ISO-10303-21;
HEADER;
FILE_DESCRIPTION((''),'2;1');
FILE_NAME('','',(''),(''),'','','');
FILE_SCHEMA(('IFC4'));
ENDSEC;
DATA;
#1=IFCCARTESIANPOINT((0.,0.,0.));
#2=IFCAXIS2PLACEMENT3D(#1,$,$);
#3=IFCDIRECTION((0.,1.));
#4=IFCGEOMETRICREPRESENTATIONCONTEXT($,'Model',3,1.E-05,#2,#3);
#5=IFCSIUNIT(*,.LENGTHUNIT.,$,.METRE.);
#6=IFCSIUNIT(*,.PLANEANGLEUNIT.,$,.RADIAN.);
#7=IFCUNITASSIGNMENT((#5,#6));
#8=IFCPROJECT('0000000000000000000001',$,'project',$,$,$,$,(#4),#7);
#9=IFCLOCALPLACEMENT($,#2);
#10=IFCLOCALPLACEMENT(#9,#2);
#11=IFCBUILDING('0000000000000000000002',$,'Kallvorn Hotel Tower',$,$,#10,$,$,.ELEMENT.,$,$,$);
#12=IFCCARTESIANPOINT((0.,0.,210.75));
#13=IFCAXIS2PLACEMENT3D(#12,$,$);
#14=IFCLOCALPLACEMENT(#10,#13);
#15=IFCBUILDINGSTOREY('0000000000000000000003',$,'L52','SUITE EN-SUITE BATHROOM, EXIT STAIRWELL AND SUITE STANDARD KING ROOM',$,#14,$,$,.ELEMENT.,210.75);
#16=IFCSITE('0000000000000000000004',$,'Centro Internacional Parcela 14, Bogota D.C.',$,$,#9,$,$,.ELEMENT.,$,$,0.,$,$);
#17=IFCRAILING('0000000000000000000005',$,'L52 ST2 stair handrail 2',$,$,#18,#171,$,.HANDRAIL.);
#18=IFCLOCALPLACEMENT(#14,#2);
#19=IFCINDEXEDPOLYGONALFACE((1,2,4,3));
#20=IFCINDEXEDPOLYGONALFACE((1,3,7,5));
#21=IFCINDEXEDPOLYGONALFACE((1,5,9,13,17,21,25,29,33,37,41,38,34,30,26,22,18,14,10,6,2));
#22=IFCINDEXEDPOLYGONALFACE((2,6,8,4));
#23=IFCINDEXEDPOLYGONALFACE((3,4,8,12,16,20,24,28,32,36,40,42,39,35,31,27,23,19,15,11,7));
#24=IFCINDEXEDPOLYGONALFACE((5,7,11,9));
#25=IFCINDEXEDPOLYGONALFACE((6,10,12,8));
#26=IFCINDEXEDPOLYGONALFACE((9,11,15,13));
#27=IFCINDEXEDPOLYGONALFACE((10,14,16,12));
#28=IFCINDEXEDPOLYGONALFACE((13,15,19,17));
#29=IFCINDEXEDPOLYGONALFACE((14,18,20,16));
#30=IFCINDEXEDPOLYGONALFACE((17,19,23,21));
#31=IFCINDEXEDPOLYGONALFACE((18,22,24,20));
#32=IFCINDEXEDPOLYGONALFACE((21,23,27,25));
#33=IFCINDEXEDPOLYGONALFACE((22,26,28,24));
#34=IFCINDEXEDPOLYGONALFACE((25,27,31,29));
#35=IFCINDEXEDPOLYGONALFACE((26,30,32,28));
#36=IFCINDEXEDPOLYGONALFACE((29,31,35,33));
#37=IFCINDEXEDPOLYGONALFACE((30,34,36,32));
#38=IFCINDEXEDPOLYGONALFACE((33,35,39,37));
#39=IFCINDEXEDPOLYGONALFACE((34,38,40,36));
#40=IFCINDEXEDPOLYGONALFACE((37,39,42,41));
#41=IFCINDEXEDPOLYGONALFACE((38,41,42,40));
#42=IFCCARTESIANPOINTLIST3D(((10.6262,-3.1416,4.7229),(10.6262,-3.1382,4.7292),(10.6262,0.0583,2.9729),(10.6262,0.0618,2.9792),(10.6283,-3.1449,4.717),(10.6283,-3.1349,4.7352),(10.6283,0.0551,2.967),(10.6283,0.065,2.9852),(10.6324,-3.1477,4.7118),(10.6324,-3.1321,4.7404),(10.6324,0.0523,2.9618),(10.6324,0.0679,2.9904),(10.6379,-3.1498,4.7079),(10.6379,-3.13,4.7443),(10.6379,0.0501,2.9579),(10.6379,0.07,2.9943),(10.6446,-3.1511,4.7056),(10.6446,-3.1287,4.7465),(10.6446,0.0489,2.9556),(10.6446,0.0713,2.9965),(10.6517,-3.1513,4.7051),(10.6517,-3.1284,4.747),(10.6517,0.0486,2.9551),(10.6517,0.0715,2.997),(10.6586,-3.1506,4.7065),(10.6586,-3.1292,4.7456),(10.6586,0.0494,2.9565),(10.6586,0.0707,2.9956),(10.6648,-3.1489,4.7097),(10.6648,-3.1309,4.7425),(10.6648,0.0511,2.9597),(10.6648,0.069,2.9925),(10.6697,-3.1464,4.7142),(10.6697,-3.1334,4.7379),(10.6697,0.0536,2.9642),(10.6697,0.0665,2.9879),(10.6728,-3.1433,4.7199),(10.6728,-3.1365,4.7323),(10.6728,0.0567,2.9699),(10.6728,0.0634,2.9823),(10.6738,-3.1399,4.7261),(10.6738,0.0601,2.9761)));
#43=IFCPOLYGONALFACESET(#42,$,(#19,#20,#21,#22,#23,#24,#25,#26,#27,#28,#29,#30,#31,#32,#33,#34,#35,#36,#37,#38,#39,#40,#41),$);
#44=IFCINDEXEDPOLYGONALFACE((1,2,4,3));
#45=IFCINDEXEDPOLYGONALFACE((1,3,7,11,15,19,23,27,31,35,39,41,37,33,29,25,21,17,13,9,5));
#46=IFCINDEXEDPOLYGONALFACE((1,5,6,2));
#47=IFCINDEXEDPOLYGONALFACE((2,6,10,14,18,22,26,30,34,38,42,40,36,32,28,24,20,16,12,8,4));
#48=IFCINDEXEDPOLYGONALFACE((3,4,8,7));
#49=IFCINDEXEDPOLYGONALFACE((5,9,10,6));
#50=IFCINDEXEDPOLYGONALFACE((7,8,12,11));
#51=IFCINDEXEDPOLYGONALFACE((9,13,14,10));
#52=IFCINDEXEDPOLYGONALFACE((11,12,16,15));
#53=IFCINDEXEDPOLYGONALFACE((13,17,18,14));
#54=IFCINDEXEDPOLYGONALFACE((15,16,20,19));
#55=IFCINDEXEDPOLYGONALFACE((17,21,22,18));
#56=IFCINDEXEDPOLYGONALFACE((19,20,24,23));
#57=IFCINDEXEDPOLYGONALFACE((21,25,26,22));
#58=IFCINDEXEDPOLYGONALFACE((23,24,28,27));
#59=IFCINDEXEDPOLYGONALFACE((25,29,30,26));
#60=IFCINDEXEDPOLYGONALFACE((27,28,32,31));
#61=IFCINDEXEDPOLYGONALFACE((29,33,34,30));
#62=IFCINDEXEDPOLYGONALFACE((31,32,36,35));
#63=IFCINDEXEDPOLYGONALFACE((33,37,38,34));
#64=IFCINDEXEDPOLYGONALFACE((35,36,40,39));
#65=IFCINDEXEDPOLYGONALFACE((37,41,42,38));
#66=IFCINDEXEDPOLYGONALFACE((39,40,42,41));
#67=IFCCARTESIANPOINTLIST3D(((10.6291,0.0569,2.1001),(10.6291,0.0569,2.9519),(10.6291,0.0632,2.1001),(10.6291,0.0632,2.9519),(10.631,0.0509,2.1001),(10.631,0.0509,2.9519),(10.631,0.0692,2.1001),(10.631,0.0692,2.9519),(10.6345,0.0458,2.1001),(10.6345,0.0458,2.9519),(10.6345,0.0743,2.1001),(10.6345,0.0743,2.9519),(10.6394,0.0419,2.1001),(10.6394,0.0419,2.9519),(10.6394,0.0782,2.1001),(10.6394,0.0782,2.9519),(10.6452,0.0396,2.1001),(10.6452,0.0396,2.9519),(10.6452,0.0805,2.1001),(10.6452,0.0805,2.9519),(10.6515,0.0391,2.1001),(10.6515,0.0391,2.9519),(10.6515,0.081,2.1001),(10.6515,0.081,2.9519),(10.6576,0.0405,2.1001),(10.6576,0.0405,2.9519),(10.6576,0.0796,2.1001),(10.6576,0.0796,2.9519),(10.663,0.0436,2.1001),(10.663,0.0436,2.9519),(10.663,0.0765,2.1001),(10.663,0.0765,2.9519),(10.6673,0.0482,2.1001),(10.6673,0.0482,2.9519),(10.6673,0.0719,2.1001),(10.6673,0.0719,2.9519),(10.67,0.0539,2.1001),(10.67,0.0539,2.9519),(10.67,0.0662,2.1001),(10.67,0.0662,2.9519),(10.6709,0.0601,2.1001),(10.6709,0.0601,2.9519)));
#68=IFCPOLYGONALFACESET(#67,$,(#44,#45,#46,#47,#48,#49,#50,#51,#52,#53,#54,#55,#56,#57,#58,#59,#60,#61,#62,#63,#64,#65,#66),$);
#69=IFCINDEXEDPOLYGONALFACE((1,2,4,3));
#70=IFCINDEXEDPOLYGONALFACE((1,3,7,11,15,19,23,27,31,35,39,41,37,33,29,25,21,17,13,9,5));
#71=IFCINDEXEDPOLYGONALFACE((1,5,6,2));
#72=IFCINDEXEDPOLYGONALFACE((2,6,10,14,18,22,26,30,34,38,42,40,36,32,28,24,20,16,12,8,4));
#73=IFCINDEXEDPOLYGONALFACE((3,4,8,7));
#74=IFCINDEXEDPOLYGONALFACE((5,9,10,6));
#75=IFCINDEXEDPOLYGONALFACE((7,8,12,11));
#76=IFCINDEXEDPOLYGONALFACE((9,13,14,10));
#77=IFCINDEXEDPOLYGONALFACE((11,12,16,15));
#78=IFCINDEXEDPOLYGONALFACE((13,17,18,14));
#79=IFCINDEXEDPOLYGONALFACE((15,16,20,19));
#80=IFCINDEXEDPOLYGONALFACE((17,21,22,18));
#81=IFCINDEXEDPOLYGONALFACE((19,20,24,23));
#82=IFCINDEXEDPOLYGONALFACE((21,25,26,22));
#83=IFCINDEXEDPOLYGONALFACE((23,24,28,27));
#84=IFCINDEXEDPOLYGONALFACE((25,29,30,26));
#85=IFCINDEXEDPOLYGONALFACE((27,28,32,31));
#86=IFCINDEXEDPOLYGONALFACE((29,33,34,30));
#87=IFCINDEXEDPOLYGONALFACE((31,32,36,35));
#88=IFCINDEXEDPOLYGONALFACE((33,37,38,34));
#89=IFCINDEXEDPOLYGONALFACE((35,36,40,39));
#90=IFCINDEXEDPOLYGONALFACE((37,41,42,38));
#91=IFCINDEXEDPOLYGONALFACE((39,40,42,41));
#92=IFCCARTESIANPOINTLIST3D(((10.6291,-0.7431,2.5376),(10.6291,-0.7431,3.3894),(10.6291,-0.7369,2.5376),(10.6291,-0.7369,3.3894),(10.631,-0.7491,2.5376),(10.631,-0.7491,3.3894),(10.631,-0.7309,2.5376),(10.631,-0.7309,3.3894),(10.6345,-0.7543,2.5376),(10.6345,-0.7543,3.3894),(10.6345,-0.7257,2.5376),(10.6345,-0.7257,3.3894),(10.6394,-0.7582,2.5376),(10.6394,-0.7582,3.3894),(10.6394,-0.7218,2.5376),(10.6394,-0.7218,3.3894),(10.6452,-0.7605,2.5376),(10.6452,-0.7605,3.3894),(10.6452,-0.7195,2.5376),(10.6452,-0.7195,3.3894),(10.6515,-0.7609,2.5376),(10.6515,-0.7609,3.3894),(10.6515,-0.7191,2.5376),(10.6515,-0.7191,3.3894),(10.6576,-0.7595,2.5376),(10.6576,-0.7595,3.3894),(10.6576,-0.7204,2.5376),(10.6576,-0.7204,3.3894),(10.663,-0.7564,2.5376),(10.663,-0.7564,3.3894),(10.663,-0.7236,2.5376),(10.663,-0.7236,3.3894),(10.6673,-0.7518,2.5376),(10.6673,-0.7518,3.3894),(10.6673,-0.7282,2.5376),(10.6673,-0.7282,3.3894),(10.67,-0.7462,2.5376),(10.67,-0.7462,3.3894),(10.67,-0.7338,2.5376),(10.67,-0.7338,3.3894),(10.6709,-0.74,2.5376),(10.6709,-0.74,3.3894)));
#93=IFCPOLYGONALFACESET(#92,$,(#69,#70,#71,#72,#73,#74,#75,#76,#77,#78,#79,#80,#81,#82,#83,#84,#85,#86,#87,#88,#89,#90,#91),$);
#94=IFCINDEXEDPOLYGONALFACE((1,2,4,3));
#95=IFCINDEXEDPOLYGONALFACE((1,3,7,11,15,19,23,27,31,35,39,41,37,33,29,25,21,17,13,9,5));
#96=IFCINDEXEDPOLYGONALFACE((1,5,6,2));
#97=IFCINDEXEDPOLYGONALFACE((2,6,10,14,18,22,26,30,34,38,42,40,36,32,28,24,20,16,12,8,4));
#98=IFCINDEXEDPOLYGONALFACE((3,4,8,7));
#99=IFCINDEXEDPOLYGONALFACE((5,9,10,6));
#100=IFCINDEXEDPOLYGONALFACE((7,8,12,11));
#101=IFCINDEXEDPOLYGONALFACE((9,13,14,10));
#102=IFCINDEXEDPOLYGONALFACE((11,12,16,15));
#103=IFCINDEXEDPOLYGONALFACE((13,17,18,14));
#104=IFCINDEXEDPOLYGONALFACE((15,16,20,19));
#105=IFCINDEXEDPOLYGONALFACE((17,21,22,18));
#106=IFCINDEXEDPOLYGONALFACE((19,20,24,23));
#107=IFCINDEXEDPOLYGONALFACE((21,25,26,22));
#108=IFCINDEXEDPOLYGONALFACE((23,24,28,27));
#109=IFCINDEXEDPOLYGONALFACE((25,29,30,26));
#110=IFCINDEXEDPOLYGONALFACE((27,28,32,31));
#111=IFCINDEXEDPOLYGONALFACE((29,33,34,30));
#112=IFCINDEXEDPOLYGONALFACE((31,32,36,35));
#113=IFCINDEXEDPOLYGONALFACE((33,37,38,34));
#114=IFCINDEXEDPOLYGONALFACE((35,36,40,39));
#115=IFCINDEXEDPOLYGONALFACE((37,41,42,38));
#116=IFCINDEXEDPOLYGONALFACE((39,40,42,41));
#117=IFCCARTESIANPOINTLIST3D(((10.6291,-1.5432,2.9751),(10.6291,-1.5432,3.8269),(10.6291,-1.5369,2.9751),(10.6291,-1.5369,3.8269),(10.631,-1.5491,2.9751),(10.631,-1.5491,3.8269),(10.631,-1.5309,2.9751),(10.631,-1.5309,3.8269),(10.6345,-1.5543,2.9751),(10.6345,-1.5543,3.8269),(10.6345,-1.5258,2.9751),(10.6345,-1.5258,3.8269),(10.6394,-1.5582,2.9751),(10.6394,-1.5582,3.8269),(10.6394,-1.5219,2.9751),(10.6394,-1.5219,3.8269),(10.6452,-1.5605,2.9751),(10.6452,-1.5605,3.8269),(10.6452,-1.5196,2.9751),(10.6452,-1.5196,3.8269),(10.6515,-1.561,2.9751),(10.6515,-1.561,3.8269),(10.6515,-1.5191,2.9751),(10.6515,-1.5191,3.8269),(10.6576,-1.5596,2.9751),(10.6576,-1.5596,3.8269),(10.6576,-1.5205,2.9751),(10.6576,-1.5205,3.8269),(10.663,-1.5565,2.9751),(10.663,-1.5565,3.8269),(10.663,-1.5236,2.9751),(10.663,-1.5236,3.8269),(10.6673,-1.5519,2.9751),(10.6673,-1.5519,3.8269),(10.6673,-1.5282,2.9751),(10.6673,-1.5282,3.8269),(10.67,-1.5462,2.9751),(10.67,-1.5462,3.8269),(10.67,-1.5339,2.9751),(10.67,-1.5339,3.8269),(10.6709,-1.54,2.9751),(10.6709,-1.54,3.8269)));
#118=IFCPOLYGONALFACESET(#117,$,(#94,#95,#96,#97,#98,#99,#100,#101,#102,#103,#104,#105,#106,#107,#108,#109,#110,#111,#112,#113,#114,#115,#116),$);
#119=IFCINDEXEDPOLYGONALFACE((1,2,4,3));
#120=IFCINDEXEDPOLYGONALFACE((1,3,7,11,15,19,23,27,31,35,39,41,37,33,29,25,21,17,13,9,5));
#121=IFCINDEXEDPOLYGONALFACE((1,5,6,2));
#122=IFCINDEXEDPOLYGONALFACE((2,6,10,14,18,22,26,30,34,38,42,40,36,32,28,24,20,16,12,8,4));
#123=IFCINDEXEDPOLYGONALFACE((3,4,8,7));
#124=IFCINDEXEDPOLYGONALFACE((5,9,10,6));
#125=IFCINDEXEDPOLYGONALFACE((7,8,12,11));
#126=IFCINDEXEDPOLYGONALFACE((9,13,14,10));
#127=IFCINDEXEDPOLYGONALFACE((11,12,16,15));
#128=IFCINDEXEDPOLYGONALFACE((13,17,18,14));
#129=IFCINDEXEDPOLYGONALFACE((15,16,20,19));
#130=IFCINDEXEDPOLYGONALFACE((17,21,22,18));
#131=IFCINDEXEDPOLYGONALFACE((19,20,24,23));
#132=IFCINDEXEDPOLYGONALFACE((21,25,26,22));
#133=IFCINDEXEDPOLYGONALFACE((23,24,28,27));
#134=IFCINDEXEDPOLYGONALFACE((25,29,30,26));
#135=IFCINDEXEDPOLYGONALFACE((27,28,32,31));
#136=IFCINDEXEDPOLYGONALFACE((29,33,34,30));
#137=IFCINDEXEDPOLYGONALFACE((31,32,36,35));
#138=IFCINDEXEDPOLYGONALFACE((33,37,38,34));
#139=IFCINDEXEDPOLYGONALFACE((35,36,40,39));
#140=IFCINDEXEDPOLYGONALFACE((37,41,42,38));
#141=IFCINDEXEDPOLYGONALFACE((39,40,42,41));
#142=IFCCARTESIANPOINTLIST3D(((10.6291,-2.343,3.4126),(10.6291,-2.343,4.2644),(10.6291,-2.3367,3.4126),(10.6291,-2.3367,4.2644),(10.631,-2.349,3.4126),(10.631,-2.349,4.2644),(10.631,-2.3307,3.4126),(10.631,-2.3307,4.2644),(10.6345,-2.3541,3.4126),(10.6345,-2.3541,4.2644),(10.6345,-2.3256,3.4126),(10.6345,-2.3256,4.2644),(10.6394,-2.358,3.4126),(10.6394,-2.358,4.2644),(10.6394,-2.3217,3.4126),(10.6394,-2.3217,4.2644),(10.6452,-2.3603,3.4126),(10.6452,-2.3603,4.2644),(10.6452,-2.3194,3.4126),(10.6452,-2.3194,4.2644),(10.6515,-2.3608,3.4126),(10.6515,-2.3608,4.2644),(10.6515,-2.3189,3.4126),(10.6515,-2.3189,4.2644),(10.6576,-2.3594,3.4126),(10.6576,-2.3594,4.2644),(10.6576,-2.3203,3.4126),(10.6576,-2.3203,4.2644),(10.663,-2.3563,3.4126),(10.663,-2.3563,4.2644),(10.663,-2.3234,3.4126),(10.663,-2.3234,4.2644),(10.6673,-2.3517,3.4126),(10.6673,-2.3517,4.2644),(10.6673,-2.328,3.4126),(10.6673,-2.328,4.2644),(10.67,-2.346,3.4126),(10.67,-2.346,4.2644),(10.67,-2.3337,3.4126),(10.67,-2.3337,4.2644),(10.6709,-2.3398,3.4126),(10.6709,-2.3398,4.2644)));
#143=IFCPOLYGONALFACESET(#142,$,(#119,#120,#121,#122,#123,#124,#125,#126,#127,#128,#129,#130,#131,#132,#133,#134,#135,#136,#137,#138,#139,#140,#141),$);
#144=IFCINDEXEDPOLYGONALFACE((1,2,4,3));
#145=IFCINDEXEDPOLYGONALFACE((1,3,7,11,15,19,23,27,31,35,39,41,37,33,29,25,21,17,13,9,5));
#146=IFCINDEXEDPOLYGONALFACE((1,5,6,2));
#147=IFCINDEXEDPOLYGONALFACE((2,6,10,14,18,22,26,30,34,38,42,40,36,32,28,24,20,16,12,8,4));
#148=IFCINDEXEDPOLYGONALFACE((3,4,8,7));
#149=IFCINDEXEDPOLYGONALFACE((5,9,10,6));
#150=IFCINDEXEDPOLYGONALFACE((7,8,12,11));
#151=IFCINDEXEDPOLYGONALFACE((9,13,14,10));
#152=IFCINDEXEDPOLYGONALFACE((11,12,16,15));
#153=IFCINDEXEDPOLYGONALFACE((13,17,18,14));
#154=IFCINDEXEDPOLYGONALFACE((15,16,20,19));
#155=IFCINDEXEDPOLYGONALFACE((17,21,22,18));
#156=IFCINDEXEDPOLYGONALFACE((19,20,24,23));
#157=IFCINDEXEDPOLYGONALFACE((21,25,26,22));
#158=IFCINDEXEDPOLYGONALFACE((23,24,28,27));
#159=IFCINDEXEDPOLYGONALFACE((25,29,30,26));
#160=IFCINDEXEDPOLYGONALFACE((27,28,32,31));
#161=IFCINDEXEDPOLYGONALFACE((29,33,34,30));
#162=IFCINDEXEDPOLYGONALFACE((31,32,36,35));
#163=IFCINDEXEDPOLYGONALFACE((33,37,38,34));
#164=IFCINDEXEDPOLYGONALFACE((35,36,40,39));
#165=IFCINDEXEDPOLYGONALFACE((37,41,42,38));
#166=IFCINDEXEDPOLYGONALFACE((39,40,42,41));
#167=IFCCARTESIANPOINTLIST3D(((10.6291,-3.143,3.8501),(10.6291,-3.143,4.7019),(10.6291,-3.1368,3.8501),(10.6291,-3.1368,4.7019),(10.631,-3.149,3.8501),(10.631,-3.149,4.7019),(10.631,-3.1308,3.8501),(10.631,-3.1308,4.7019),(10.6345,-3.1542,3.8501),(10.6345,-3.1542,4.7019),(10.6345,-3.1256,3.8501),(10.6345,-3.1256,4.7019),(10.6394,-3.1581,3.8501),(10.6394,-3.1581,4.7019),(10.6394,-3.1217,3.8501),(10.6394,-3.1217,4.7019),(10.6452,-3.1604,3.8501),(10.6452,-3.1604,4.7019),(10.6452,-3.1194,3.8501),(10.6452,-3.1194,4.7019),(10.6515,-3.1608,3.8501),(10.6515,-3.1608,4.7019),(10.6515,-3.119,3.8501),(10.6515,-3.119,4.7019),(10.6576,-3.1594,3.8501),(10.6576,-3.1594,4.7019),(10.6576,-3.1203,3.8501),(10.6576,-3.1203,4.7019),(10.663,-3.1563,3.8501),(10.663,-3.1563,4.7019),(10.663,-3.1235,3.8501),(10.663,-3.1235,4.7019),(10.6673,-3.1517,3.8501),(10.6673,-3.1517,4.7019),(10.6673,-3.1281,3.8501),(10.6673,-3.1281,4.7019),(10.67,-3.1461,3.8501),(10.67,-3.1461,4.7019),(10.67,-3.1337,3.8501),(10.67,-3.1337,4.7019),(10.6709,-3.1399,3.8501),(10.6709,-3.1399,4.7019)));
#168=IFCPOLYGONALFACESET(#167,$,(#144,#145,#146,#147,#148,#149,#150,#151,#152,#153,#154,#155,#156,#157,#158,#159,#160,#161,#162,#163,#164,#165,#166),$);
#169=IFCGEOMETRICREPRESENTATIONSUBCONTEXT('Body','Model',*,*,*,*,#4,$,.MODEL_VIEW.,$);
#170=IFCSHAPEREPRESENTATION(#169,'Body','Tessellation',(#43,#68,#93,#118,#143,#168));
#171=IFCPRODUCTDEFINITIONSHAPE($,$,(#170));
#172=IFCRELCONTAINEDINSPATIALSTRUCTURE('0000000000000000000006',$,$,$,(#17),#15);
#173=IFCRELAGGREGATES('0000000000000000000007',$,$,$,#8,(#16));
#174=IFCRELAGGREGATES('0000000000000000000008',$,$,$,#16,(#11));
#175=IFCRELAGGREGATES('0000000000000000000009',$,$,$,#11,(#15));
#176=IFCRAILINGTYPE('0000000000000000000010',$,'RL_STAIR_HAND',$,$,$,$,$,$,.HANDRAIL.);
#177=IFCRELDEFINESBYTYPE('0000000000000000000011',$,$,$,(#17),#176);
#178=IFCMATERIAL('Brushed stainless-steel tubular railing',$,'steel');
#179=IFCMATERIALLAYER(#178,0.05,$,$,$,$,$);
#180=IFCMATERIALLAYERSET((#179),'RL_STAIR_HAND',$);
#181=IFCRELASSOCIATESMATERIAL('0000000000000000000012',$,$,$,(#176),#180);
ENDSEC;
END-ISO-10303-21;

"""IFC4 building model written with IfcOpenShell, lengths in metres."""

from ifc_helpers import new_model, si_unit, direction, frame, origin, origin_2d, place, context, subcontext, project, spatial, circle, extrude, material, layer, layer_set, type_object, element, save


model = new_model("IFC4")

# Units and contexts
model_context = context("Model", 3, precision=1e-05, world=origin(), true_north=direction((0.0, 1.0)))
body_context = subcontext(model_context, "Body", "Model", "MODEL_VIEW")
ifc_project = project(units=[si_unit("LENGTHUNIT", "METRE"), si_unit("PLANEANGLEUNIT", "RADIAN")], contexts=[model_context])

# Site, building, storey
site_placement = place(None, origin())
site = spatial("IfcSite", under=ifc_project, at=site_placement, Name="Centro Internacional Parcela 14, Bogota D.C.", CompositionType="ELEMENT", RefElevation=0.0)
building_placement = place(site_placement, origin())
building = spatial("IfcBuilding", under=site, at=building_placement, Name="Kallvorn Hotel Tower", CompositionType="ELEMENT")
storey_placement = place(building_placement, frame((0.0, 0.0, 210.75)))
storey = spatial("IfcBuildingStorey", under=building, at=storey_placement, Name="L52", Description="SUITE EN-SUITE BATHROOM, EXIT STAIRWELL AND SUITE STANDARD KING ROOM", CompositionType="ELEMENT", Elevation=210.75)

# Railing
ifc_material_1 = material(Name="Brushed stainless-steel tubular railing", Category="steel")
ifc_layer_1 = layer(ifc_material_1, 0.05)
ifc_layer_set_1 = layer_set([ifc_layer_1], Name="RL_STAIR_HAND")
railing_type_1 = type_object("IfcRailingType", Name="RL_STAIR_HAND", PredefinedType="HANDRAIL", material=ifc_layer_set_1)
railing_1_placement = place(storey_placement, frame((10.6499, 0.0601, 2.1001)))
element("IfcRailing", 1, at=railing_1_placement, inside=storey, type_object=railing_type_1, Name="L52 ST2 stair handrail 2", PredefinedType="HANDRAIL", context=body_context, shape_type="SweptSolid", body=[
    extrude(circle(Radius=0.0239, at=origin_2d()), frame((0.0, 0.0, 0.876), z_axis=(0.0, -0.877368, 0.479818), x_axis=(1.0, 0.0, 0.0)), (0.0, 0.0, 1.0), 3.6472),
    extrude(circle(Radius=0.021, at=origin_2d()), origin(), (0.0, 0.0, 1.0), 0.8518),
    extrude(circle(Radius=0.021, at=origin_2d()), frame((0.0, -0.8, 0.4375)), (0.0, 0.0, 1.0), 0.8518),
    extrude(circle(Radius=0.021, at=origin_2d()), frame((0.0, -1.6001, 0.875)), (0.0, 0.0, 1.0), 0.8518),
    extrude(circle(Radius=0.021, at=origin_2d()), frame((0.0, -2.3999, 1.3125)), (0.0, 0.0, 1.0), 0.8518),
    extrude(circle(Radius=0.021, at=origin_2d()), frame((0.0, -3.2, 1.75)), (0.0, 0.0, 1.0), 0.8518),
])

save(model, "model.ifc")
